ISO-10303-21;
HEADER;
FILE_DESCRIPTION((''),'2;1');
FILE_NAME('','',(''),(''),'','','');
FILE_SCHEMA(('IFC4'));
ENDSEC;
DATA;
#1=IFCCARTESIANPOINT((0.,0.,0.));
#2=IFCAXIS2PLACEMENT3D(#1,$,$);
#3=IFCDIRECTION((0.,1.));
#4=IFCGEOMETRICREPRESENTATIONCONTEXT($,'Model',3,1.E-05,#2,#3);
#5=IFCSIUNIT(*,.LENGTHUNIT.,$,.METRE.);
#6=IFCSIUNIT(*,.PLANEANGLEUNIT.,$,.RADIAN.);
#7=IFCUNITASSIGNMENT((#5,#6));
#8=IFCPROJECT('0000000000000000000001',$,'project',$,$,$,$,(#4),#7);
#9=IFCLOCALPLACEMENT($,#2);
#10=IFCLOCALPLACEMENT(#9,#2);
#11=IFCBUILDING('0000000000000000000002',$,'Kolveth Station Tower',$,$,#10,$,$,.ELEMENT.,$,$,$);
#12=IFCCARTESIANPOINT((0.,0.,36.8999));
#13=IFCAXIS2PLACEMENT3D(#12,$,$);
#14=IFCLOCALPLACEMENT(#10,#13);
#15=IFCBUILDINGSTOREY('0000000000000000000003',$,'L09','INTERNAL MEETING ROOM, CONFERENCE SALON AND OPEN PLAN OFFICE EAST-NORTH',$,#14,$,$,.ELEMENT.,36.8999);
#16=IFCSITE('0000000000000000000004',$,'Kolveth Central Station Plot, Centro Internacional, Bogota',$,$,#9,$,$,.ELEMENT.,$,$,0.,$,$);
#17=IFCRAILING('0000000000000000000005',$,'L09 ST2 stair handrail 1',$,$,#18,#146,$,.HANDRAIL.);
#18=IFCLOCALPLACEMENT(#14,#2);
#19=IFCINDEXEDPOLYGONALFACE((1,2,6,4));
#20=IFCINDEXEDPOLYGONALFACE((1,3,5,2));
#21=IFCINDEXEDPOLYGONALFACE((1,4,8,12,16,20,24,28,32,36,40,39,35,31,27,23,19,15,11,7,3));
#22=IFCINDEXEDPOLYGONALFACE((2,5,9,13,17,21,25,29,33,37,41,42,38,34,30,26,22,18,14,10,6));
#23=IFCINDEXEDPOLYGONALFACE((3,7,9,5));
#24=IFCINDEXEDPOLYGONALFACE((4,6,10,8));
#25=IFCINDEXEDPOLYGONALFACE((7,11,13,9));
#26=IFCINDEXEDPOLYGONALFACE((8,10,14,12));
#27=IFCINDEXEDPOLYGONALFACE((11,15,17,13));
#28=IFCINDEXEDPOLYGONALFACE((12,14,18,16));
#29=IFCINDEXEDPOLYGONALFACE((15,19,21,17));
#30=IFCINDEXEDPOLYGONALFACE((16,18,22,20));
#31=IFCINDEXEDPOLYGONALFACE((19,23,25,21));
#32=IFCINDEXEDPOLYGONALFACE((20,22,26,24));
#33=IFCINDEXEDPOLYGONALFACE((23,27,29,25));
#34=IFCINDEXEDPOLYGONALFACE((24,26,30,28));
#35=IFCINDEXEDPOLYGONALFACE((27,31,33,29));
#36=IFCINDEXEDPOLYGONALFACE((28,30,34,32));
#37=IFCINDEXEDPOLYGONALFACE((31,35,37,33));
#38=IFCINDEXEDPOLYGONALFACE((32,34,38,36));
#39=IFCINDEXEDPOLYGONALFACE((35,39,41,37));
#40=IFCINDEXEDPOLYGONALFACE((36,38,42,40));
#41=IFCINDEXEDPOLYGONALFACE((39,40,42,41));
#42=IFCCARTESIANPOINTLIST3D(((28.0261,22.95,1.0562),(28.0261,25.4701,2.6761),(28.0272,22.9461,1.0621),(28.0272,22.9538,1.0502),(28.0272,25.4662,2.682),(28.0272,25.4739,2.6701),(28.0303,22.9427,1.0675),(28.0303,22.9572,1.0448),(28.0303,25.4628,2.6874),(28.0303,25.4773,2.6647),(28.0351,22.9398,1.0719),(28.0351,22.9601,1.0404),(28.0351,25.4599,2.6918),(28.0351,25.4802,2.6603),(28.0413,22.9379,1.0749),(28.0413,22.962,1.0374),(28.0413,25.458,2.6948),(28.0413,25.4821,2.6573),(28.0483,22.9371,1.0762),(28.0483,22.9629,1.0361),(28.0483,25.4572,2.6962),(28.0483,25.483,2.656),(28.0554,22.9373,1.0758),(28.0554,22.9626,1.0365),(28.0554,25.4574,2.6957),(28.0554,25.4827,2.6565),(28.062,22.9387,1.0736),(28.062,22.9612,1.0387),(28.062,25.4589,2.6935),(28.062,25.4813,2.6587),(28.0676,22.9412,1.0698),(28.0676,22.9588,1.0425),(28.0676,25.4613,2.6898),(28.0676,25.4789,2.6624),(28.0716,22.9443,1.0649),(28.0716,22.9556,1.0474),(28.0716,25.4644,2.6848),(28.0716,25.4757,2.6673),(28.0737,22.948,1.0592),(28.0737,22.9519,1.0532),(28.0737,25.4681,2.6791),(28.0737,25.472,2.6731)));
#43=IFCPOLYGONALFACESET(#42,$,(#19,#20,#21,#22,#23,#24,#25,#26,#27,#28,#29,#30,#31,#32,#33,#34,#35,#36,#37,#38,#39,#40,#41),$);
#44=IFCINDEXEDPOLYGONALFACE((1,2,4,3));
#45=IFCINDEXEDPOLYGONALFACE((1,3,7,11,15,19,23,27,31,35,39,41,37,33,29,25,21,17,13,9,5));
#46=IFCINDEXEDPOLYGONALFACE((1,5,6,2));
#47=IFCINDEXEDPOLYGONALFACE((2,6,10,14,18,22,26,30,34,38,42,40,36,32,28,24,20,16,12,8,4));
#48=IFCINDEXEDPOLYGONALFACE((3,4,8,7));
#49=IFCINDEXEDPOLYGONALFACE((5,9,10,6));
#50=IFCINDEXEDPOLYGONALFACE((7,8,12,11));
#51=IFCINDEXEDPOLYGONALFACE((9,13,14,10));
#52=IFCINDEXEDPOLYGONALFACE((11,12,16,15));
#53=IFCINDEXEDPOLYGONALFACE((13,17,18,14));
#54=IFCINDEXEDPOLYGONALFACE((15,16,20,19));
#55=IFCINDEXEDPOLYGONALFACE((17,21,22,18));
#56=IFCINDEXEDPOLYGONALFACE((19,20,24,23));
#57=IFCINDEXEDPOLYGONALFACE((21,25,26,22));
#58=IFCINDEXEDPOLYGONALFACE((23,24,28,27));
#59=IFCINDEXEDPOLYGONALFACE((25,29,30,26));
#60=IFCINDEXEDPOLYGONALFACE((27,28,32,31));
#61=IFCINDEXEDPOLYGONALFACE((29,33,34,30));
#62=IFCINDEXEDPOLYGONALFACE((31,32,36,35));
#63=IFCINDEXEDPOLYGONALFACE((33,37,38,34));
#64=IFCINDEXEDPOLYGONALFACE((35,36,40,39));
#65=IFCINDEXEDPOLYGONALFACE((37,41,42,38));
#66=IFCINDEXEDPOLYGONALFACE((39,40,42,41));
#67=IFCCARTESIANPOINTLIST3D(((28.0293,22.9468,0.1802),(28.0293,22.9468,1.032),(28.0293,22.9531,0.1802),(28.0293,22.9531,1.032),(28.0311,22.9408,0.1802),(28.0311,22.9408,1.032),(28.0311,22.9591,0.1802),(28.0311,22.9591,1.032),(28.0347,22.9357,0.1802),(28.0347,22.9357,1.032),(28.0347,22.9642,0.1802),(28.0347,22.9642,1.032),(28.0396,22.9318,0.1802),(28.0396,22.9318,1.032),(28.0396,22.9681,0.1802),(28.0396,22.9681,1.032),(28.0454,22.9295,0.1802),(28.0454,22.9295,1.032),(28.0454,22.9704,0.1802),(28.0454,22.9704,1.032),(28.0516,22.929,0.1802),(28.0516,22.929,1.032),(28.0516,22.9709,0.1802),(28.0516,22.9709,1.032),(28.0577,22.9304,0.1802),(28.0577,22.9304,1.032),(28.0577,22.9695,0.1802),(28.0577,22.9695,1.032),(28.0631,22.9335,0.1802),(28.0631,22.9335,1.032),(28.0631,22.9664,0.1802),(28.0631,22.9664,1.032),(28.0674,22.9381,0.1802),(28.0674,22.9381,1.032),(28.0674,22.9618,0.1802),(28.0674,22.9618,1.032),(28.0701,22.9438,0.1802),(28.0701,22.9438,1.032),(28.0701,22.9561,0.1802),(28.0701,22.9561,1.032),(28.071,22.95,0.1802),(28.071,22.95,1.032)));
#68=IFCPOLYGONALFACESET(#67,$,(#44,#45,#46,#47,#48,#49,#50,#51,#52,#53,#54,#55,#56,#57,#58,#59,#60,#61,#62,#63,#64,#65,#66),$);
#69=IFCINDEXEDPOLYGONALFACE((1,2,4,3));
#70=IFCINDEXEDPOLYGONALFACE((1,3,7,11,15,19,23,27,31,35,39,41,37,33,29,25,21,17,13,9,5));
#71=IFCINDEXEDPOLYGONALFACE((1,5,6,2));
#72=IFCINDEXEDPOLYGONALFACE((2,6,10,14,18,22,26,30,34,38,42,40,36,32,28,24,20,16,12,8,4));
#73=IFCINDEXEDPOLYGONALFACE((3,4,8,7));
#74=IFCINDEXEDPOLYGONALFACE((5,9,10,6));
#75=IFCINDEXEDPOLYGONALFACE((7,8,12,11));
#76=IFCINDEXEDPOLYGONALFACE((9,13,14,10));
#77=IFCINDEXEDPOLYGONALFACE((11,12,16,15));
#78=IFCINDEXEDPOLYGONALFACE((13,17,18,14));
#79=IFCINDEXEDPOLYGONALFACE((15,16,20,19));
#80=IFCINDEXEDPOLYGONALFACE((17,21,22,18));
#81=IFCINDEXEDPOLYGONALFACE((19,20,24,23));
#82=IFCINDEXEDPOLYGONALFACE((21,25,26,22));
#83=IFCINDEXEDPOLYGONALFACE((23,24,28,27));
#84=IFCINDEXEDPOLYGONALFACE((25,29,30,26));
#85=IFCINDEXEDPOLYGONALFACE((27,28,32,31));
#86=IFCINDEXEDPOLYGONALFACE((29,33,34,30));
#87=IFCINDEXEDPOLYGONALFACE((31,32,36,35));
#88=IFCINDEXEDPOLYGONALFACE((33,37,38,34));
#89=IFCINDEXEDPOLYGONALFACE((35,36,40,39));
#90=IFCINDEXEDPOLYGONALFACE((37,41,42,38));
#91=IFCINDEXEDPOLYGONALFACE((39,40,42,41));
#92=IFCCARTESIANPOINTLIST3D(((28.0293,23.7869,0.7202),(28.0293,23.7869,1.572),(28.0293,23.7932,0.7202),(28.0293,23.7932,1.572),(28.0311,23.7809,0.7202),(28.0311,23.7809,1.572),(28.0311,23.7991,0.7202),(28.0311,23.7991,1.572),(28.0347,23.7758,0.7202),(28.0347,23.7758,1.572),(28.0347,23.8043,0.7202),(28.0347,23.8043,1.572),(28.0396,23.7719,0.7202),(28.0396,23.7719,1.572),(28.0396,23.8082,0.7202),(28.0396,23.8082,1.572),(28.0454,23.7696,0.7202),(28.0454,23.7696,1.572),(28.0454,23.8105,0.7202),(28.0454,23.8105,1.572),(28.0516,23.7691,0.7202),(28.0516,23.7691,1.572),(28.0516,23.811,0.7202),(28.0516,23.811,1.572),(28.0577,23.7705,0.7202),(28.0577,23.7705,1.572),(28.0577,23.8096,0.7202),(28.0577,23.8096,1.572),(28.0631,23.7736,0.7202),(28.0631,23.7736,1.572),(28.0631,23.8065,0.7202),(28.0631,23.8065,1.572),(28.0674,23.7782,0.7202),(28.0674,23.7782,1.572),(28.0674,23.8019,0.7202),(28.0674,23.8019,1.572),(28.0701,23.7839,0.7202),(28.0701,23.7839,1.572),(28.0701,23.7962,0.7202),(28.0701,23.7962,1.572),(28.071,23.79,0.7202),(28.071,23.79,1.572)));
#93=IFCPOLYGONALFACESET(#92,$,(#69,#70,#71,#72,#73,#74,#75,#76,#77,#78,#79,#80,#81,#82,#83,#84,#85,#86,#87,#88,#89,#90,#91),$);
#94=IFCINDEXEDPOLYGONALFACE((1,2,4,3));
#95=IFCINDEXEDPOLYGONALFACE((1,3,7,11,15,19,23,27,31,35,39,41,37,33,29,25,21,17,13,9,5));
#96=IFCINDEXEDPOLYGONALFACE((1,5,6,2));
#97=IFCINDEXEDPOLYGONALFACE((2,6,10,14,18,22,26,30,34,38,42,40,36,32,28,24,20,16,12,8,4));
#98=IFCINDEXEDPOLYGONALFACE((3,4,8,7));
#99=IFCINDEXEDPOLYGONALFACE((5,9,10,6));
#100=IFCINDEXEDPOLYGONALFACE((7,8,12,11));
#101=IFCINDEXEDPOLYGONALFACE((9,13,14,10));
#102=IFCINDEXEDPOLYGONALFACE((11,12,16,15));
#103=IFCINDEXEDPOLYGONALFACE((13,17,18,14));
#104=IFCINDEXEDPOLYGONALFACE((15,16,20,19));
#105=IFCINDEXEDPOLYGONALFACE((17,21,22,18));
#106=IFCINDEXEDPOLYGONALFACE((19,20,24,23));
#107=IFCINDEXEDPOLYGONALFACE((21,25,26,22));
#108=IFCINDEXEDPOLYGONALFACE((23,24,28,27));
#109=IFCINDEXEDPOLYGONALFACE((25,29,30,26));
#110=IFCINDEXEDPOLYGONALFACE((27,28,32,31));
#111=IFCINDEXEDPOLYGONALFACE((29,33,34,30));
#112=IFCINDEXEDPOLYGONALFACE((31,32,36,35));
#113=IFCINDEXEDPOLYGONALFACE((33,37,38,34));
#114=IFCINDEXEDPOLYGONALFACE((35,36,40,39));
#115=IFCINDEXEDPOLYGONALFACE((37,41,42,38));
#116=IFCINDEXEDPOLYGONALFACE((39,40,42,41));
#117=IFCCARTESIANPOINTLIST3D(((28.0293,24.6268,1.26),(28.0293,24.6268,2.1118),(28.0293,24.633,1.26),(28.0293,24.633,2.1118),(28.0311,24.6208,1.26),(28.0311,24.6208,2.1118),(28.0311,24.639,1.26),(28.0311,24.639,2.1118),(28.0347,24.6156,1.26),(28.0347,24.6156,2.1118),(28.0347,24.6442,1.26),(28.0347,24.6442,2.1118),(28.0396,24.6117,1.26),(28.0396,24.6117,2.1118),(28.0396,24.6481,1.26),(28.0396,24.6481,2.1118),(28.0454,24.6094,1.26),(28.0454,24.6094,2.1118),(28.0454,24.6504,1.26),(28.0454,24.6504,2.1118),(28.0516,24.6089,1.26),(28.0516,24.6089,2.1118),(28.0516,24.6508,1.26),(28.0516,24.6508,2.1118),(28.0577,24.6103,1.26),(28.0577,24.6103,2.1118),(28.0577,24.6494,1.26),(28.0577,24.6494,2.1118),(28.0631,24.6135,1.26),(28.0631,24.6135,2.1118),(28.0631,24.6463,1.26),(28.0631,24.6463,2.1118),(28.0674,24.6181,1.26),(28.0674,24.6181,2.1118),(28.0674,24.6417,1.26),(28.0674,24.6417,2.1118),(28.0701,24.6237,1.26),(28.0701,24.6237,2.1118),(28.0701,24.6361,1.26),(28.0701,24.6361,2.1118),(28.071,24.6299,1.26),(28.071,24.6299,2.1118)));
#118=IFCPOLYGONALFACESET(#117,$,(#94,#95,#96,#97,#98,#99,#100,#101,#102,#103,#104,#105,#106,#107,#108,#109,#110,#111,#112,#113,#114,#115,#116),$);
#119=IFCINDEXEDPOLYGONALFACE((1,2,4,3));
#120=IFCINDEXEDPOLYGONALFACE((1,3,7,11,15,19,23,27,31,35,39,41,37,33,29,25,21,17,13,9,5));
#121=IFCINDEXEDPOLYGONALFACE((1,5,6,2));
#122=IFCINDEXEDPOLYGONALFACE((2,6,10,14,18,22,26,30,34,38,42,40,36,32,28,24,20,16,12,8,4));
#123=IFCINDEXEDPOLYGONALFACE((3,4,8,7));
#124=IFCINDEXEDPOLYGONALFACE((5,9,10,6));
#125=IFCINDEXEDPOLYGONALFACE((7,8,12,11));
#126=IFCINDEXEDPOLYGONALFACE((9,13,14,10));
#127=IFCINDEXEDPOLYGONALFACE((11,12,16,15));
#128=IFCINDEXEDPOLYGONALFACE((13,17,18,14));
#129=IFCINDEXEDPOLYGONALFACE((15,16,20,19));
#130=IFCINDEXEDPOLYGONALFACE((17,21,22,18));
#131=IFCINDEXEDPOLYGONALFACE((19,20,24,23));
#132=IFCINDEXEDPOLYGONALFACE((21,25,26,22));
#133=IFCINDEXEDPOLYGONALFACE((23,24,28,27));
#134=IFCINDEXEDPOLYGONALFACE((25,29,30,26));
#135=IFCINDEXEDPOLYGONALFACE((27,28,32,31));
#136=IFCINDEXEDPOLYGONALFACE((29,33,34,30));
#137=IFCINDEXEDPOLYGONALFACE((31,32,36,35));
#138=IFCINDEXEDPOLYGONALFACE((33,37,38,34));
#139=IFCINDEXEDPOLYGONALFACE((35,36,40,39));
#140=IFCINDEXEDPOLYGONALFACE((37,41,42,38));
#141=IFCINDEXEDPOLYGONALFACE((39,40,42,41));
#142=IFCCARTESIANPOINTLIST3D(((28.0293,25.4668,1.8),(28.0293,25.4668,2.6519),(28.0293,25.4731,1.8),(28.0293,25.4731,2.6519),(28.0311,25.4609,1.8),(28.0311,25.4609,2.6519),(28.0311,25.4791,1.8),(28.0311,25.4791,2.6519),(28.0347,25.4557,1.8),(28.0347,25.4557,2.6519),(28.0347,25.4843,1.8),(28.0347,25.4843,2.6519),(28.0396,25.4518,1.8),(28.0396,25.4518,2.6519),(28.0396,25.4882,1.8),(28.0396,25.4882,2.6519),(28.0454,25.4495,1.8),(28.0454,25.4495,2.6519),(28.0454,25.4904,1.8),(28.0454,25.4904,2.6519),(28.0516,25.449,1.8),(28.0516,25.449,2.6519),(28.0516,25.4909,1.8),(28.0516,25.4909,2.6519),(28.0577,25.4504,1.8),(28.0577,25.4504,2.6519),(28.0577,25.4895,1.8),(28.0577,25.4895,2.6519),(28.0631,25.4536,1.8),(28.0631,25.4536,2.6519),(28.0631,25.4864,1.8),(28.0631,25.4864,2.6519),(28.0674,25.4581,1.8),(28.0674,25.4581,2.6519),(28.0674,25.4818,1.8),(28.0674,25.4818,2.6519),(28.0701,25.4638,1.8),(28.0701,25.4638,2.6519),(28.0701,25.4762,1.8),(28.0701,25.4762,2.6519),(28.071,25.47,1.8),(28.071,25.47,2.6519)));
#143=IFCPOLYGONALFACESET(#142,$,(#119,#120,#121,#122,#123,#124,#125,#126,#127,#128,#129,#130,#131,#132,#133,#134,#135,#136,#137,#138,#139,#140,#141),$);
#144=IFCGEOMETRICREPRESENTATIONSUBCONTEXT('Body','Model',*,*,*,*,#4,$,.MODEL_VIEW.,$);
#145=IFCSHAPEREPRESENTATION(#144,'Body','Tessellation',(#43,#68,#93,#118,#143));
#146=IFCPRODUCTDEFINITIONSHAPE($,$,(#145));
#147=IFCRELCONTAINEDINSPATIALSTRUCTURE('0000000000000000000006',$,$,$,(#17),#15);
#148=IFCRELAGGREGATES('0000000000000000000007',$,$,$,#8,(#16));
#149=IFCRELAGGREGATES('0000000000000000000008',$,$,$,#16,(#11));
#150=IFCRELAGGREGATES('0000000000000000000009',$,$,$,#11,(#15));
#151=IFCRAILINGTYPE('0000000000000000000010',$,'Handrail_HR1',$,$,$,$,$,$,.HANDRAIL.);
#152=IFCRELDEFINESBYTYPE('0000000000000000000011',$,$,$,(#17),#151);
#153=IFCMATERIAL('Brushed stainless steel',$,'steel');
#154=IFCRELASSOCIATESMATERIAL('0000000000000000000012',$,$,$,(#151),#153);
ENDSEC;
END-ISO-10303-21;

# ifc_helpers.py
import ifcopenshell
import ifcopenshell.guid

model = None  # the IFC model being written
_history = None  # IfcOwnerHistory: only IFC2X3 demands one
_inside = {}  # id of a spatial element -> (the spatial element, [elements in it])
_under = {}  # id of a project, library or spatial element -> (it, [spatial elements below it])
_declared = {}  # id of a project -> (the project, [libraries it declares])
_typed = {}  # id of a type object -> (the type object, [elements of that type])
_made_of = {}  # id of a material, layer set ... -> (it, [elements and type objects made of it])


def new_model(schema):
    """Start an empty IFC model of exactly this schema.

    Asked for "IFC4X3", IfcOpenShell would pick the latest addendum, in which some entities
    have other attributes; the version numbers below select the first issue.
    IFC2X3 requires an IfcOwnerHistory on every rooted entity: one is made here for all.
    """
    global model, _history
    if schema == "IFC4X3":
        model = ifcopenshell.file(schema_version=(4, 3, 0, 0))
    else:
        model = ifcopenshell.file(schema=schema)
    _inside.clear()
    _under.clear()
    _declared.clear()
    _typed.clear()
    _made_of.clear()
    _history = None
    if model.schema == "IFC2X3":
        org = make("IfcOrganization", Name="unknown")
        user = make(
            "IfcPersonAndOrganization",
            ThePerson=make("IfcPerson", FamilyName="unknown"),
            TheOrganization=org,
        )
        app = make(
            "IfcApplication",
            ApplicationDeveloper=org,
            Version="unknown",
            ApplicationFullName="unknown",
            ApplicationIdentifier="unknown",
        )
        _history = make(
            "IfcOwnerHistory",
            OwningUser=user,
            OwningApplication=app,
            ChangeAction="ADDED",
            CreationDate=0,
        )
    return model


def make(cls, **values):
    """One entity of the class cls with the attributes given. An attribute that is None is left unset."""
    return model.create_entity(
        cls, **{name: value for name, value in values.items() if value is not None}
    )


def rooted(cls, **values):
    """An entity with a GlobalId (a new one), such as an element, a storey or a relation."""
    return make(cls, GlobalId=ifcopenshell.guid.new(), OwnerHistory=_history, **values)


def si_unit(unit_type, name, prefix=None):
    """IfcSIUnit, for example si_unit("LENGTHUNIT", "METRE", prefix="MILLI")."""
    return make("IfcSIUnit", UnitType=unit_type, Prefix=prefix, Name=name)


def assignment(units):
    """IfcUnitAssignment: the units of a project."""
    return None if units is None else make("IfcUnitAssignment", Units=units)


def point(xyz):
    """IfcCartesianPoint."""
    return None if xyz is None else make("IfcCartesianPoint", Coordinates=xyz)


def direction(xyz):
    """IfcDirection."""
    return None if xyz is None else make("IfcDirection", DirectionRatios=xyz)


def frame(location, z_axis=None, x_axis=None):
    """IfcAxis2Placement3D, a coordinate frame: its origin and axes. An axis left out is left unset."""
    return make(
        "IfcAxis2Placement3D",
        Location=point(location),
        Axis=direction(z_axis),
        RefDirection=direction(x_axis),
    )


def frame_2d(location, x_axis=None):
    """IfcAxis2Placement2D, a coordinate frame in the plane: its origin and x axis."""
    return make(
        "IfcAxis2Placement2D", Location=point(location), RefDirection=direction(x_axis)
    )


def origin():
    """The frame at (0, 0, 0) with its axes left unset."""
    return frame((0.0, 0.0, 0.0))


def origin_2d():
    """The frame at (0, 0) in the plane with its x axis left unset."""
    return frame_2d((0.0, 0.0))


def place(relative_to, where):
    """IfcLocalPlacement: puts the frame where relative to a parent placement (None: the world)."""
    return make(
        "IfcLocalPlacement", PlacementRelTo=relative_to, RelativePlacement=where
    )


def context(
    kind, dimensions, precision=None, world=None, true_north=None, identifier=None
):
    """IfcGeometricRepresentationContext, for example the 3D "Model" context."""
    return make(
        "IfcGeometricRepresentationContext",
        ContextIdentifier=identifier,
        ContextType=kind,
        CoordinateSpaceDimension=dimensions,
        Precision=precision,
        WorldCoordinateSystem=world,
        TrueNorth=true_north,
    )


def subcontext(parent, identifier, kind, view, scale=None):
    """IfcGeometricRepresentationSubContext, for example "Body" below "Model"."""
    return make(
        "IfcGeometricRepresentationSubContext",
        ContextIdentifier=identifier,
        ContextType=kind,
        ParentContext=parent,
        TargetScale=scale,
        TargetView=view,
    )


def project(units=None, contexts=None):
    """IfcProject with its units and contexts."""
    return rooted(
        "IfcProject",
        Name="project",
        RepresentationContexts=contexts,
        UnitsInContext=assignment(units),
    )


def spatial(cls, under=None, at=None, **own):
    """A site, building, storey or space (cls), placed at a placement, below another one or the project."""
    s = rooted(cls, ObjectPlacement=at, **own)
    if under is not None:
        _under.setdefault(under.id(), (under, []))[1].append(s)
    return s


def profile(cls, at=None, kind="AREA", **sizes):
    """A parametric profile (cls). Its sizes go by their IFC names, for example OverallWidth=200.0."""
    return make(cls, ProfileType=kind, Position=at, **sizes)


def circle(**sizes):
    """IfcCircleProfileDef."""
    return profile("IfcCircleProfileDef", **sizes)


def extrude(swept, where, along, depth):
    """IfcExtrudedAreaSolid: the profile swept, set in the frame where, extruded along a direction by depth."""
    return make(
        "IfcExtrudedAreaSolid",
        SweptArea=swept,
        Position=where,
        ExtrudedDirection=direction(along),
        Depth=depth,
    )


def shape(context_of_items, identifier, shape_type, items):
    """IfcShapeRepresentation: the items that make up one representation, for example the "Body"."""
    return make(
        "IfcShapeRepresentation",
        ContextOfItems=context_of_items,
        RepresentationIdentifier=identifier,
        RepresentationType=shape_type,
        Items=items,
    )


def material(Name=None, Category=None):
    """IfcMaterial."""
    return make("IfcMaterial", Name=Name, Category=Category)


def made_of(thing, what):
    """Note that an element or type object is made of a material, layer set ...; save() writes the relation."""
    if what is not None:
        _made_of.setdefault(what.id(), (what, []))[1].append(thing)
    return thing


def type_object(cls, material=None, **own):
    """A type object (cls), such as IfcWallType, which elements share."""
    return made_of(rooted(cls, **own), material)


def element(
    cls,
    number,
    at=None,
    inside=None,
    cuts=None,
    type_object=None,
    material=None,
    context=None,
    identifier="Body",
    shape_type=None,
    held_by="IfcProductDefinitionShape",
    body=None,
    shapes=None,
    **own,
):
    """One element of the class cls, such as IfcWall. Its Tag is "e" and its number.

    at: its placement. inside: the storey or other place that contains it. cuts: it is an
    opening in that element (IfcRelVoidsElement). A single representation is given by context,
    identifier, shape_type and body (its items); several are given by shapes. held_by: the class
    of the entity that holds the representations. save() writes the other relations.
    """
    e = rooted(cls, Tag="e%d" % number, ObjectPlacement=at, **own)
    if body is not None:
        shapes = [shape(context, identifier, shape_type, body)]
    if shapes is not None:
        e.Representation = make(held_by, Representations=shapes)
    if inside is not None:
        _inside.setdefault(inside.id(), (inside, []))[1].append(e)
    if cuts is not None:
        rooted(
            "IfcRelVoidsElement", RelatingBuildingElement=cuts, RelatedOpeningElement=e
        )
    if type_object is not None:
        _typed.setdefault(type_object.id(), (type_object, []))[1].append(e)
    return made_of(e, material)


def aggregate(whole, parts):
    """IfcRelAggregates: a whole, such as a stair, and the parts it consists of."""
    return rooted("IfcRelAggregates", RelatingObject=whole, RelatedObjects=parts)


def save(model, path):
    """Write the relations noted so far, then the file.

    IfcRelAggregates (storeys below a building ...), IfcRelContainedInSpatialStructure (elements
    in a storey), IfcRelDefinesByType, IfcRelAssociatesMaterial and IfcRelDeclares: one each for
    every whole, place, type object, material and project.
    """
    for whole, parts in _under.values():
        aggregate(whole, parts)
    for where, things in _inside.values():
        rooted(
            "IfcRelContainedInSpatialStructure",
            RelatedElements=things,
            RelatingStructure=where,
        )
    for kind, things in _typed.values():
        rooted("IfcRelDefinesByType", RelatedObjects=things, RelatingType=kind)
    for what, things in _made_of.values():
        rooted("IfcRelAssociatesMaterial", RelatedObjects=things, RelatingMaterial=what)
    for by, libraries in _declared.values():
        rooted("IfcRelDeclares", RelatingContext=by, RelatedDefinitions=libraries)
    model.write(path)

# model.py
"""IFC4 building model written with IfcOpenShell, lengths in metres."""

from ifc_helpers import new_model, si_unit, direction, frame, origin, origin_2d, place, context, subcontext, project, spatial, circle, extrude, material, type_object, element, save


model = new_model("IFC4")

# Units and contexts
model_context = context("Model", 3, precision=1e-05, world=origin(), true_north=direction((0.0, 1.0)))
body_context = subcontext(model_context, "Body", "Model", "MODEL_VIEW")
ifc_project = project(units=[si_unit("LENGTHUNIT", "METRE"), si_unit("PLANEANGLEUNIT", "RADIAN")], contexts=[model_context])

# Site, building, storey
site_placement = place(None, origin())
site = spatial("IfcSite", under=ifc_project, at=site_placement, Name="Kolveth Central Station Plot, Centro Internacional, Bogota", CompositionType="ELEMENT", RefElevation=0.0)
building_placement = place(site_placement, origin())
building = spatial("IfcBuilding", under=site, at=building_placement, Name="Kolveth Station Tower", CompositionType="ELEMENT")
storey_placement = place(building_placement, frame((0.0, 0.0, 36.8999)))
storey = spatial("IfcBuildingStorey", under=building, at=storey_placement, Name="L09", Description="INTERNAL MEETING ROOM, CONFERENCE SALON AND OPEN PLAN OFFICE EAST-NORTH", CompositionType="ELEMENT", Elevation=36.8999)

# Railing
ifc_material_1 = material(Name="Brushed stainless steel", Category="steel")
railing_type_1 = type_object("IfcRailingType", Name="Handrail_HR1", PredefinedType="HANDRAIL", material=ifc_material_1)
railing_1_placement = place(storey_placement, frame((28.05, 22.95, 0.1802)))
element("IfcRailing", 1, at=railing_1_placement, inside=storey, type_object=railing_type_1, Name="L09 ST2 stair handrail 1", PredefinedType="HANDRAIL", context=body_context, shape_type="SweptSolid", body=[
    extrude(circle(Radius=0.0239, at=origin_2d()), frame((0.0, 0.0, 0.876), z_axis=(0.0, 0.8412, 0.540725), x_axis=(-1.0, 0.0, 0.0)), (0.0, 0.0, 1.0), 2.9958),
    extrude(circle(Radius=0.021, at=origin_2d()), origin(), (0.0, 0.0, 1.0), 0.8518),
    extrude(circle(Radius=0.021, at=origin_2d()), frame((0.0, 0.8401, 0.54)), (0.0, 0.0, 1.0), 0.8518),
    extrude(circle(Radius=0.021, at=origin_2d()), frame((0.0, 1.6799, 1.0798)), (0.0, 0.0, 1.0), 0.8518),
    extrude(circle(Radius=0.021, at=origin_2d()), frame((0.0, 2.52, 1.6199)), (0.0, 0.0, 1.0), 0.8518),
])

save(model, "model.ifc")
